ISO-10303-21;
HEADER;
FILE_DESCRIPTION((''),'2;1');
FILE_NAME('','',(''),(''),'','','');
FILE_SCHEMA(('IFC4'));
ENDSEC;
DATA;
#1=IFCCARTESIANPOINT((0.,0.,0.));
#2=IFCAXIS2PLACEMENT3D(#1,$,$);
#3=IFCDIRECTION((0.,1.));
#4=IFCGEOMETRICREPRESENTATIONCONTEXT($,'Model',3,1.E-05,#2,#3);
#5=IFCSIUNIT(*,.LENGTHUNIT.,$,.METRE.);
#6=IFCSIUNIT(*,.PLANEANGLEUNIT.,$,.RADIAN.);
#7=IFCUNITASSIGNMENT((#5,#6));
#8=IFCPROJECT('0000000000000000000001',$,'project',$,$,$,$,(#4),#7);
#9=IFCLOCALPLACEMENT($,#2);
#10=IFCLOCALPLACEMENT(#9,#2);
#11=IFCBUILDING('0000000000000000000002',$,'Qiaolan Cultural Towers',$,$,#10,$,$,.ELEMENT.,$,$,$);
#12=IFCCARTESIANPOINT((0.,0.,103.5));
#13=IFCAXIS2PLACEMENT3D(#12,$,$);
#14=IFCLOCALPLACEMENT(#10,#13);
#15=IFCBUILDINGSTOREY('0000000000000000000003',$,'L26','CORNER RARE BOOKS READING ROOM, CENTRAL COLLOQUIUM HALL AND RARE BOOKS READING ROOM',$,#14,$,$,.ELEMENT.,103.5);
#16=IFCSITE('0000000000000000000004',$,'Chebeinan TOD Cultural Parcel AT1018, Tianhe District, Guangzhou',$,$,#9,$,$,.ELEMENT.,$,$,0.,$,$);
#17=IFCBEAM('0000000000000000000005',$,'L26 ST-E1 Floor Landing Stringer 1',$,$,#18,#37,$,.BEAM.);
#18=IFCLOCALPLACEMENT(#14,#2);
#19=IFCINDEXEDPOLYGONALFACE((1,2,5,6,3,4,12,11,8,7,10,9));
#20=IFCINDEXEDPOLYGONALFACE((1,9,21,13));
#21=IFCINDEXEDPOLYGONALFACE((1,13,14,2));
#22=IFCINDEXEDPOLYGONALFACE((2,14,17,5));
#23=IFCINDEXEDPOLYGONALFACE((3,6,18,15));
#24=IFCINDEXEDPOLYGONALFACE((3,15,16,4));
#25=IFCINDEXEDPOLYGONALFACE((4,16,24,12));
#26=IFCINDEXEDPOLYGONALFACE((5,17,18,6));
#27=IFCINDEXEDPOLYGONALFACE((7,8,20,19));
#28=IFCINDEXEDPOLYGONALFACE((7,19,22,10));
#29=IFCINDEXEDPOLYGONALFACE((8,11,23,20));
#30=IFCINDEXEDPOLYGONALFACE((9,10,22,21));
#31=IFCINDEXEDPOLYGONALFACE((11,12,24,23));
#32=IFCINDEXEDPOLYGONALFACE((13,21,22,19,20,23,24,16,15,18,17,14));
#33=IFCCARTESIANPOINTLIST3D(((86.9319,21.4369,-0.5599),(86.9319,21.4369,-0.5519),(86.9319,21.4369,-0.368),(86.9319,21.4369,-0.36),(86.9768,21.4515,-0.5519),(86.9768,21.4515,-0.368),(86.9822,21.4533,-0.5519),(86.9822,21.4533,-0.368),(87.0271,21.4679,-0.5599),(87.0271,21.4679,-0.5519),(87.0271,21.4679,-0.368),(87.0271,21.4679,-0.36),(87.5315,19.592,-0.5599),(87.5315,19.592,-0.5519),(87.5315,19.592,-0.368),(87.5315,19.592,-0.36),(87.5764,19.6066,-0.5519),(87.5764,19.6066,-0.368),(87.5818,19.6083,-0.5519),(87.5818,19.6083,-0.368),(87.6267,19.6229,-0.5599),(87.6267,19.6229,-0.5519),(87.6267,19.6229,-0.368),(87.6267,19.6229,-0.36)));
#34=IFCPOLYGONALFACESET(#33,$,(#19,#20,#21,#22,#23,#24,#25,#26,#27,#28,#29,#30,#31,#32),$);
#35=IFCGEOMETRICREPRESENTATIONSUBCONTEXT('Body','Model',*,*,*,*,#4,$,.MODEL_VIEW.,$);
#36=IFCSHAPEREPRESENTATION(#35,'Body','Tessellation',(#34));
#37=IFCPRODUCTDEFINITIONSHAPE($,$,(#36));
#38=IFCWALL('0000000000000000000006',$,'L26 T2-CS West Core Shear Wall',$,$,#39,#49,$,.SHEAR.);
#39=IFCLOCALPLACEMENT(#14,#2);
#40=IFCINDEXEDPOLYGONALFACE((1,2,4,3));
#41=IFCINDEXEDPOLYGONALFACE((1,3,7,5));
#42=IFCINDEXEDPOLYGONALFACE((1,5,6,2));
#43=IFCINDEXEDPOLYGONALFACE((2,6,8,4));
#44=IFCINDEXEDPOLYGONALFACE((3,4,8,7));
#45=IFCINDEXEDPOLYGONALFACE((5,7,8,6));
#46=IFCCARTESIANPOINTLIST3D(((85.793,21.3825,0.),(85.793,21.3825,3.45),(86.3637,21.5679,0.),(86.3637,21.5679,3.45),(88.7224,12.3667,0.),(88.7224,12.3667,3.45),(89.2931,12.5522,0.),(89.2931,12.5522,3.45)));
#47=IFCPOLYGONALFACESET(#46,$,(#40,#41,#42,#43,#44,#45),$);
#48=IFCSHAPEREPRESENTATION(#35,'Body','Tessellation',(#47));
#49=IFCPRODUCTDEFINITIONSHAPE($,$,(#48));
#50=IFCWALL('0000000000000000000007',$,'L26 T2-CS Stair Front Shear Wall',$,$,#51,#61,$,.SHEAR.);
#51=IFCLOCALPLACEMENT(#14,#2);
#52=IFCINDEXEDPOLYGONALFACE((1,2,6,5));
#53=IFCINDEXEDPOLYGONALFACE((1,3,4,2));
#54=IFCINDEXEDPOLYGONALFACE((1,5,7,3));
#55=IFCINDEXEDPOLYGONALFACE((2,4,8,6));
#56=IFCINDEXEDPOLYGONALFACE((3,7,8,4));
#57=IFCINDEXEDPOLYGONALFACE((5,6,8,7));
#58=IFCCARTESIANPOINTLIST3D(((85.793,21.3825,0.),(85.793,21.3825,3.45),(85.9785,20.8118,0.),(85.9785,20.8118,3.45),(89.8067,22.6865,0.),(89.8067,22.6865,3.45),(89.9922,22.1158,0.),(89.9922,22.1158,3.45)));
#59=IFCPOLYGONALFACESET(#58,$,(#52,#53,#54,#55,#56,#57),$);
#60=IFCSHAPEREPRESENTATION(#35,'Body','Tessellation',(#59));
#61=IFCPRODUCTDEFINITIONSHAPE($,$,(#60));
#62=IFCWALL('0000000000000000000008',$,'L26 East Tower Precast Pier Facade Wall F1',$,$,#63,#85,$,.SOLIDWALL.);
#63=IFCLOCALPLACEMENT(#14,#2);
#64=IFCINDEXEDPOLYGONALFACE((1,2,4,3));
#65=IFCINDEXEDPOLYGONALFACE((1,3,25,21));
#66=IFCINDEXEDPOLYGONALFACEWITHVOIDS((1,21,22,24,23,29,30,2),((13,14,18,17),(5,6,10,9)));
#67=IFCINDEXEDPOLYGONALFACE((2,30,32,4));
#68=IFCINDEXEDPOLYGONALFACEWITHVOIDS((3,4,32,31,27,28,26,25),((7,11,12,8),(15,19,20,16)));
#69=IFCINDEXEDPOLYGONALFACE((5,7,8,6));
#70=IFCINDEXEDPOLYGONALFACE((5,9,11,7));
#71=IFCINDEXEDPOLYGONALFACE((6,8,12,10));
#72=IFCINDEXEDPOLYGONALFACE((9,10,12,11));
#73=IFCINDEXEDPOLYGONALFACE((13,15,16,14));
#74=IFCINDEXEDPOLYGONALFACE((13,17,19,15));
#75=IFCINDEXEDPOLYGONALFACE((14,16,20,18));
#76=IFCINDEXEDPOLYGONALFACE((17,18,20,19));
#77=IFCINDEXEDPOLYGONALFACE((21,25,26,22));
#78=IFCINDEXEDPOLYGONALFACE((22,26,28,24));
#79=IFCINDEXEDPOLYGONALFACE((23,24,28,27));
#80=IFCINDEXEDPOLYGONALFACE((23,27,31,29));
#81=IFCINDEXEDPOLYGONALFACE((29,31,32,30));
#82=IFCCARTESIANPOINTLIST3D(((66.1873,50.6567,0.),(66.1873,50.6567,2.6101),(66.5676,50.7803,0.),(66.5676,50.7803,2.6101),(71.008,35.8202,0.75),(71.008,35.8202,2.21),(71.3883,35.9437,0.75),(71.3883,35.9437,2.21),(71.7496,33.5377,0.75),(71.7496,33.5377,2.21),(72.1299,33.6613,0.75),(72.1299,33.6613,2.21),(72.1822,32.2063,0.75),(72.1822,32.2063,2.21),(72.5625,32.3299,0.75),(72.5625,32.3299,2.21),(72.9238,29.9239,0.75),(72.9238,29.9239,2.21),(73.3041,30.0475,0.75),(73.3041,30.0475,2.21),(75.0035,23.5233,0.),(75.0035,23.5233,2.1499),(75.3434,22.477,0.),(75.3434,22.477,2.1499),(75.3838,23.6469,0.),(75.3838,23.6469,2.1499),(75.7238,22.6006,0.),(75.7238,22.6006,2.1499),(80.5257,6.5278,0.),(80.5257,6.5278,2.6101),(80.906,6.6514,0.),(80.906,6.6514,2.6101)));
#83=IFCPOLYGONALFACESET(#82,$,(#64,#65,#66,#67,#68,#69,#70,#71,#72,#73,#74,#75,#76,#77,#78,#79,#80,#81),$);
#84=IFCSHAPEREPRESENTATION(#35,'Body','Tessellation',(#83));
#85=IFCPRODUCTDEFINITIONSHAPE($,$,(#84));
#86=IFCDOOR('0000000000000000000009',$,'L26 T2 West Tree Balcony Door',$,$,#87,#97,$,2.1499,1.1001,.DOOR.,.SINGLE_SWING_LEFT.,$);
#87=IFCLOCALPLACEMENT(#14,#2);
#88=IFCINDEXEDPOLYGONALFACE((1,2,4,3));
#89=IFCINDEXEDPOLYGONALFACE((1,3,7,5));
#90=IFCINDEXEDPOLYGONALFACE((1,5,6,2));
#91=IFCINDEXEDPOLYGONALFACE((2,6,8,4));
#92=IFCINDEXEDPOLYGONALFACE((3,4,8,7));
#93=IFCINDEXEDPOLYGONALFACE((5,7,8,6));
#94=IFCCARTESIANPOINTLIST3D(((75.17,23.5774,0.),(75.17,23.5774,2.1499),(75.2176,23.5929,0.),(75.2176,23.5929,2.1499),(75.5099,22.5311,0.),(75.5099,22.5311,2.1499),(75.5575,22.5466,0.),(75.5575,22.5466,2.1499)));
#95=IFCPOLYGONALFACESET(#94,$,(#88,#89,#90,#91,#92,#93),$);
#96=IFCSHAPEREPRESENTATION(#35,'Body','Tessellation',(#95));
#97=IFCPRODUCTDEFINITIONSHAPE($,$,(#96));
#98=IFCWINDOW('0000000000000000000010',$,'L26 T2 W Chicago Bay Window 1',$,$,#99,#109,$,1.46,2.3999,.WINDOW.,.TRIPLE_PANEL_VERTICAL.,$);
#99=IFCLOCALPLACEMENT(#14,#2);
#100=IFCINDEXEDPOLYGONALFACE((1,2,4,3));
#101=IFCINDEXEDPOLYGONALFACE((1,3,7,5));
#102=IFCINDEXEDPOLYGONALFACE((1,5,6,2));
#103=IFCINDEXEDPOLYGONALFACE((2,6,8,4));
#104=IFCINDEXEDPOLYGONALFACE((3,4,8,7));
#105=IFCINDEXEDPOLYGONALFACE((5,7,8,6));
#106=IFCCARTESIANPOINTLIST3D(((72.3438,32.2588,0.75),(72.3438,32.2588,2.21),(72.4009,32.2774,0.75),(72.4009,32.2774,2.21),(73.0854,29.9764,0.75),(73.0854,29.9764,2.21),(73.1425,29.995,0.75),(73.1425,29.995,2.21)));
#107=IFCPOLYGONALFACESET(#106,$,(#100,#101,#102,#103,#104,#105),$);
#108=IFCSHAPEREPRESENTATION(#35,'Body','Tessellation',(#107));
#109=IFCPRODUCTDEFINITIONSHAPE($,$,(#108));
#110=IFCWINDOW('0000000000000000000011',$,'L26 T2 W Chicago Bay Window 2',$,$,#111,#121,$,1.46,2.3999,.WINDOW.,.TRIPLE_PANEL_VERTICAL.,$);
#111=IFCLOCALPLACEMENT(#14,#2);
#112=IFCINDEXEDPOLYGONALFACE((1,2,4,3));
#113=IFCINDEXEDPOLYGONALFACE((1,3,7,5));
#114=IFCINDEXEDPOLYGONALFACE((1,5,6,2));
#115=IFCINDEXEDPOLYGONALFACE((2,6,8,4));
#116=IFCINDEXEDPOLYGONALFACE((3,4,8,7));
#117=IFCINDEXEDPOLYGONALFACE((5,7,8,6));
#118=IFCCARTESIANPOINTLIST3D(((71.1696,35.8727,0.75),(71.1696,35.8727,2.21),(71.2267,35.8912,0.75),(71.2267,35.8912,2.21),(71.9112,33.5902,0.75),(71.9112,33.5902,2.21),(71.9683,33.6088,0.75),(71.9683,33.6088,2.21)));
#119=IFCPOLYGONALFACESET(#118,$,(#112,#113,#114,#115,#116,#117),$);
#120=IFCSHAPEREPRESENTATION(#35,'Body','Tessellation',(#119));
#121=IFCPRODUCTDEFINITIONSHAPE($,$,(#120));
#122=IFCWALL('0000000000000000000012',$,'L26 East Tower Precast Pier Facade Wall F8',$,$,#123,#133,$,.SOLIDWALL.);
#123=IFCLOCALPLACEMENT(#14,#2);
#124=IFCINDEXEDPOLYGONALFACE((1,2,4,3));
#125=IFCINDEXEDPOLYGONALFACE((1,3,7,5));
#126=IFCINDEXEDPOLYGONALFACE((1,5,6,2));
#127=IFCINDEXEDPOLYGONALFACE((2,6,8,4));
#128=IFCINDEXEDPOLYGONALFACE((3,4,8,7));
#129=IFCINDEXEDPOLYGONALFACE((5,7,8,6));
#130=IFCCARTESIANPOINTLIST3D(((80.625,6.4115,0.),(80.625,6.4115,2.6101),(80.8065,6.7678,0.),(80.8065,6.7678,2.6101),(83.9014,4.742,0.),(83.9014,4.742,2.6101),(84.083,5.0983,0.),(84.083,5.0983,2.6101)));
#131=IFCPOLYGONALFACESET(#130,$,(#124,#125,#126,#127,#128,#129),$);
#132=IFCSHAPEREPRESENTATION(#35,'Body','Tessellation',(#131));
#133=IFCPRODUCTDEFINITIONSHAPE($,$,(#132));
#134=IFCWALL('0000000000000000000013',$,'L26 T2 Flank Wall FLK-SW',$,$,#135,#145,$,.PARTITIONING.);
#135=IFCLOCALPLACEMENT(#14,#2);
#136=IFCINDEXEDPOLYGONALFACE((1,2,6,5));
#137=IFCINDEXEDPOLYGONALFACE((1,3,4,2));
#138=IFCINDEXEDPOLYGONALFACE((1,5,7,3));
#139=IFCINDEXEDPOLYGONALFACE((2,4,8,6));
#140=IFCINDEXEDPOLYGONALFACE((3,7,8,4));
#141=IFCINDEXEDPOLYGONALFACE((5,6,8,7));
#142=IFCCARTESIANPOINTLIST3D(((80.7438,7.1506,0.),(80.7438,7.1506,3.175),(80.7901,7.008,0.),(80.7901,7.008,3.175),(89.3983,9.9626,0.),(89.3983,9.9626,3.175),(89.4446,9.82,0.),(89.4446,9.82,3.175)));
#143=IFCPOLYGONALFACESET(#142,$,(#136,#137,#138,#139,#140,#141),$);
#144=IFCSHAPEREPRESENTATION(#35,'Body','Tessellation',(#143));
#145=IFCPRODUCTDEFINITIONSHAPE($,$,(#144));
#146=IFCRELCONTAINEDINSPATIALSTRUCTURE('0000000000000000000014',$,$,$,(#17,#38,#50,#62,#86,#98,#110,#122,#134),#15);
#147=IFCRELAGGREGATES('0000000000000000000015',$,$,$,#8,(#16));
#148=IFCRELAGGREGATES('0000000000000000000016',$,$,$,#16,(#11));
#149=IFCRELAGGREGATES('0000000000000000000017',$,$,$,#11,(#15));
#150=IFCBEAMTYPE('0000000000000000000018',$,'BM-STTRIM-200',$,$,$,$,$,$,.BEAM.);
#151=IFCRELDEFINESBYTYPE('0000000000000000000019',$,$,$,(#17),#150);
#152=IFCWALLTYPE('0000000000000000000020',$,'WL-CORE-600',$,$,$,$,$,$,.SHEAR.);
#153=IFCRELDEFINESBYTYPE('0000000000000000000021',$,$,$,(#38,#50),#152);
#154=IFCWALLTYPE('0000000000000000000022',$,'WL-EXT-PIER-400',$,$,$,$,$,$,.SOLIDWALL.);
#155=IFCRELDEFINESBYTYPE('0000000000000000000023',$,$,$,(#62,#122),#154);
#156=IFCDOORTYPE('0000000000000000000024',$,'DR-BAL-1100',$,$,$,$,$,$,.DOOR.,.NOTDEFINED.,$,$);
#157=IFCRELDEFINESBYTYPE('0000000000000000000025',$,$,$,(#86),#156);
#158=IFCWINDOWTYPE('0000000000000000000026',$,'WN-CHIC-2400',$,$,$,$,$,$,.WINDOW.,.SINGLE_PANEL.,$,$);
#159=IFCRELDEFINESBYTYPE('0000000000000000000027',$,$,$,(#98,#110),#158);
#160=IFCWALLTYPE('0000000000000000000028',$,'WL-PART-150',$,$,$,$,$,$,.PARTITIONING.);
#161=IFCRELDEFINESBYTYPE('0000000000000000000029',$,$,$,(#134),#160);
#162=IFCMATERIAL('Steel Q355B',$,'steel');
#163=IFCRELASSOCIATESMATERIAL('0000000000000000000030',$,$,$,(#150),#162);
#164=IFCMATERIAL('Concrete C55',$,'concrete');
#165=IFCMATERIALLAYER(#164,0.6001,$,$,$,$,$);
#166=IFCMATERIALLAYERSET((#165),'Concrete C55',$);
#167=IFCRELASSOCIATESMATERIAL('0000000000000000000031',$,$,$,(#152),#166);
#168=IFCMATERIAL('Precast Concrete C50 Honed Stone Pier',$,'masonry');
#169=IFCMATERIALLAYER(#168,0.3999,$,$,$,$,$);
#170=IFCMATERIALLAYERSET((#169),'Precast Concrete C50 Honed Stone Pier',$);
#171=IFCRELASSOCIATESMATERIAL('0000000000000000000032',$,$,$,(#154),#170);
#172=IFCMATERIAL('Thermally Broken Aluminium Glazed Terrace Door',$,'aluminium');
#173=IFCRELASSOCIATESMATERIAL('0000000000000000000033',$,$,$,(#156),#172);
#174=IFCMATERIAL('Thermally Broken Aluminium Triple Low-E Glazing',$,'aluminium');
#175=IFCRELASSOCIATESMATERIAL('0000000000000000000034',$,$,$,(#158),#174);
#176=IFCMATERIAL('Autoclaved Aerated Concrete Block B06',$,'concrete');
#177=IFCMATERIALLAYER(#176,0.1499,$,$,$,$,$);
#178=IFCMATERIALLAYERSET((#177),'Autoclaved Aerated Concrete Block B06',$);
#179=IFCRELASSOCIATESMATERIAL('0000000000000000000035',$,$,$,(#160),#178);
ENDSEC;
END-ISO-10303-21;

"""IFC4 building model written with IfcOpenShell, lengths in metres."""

from ifc_helpers import new_model, si_unit, direction, frame, frame_2d, origin, origin_2d, place, context, subcontext, project, spatial, rectangle, i_section, extrude, material, layer, layer_set, material_profile, profile_set, type_object, element, fill, save


model = new_model("IFC4")

# Units and contexts
model_context = context("Model", 3, precision=1e-05, world=origin(), true_north=direction((0.0, 1.0)))
body_context = subcontext(model_context, "Body", "Model", "MODEL_VIEW")
ifc_project = project(units=[si_unit("LENGTHUNIT", "METRE"), si_unit("PLANEANGLEUNIT", "RADIAN")], contexts=[model_context])

# Site, building, storey
site_placement = place(None, origin())
site = spatial("IfcSite", under=ifc_project, at=site_placement, Name="Chebeinan TOD Cultural Parcel AT1018, Tianhe District, Guangzhou", CompositionType="ELEMENT", RefElevation=0.0)
building_placement = place(site_placement, origin())
building = spatial("IfcBuilding", under=site, at=building_placement, Name="Qiaolan Cultural Towers", CompositionType="ELEMENT")
storey_placement = place(building_placement, frame((0.0, 0.0, 103.5)))
storey = spatial("IfcBuildingStorey", under=building, at=storey_placement, Name="L26", Description="CORNER RARE BOOKS READING ROOM, CENTRAL COLLOQUIUM HALL AND RARE BOOKS READING ROOM", CompositionType="ELEMENT", Elevation=103.5)

# Beam
ifc_material_1 = material(Name="Steel Q355B", Category="steel")
ifc_material_profile_1 = material_profile(ifc_material_1, i_section(OverallWidth=0.1001, OverallDepth=0.2, WebThickness=0.0056, FlangeThickness=0.0081, at=origin_2d()), Name="HN200x100x5.5x8")
ifc_profile_set_1 = profile_set([ifc_material_profile_1], Name="Steel Q355B")
beam_type_1 = type_object("IfcBeamType", Name="BM-STTRIM-200", PredefinedType="BEAM", material=ifc_profile_set_1)
beam_1_placement = place(storey_placement, frame((86.9795, 21.4524, -0.46), z_axis=(0.309083, -0.951035, 0.0), x_axis=(0.951035, 0.309083, 0.0)))
element("IfcBeam", 1, at=beam_1_placement, inside=storey, type_object=beam_type_1, Name="L26 ST-E1 Floor Landing Stringer 1", PredefinedType="BEAM", context=body_context, shape_type="SweptSolid", body=[
    extrude(i_section(OverallWidth=0.1001, OverallDepth=0.2, WebThickness=0.0056, FlangeThickness=0.0081, at=origin_2d()), origin(), (0.0, 0.0, 1.0), 1.9399),
])

# Walls
ifc_material_2 = material(Name="Concrete C55", Category="concrete")
ifc_layer_1 = layer(ifc_material_2, 0.6001)
ifc_layer_set_1 = layer_set([ifc_layer_1], Name="Concrete C55")
wall_type_1 = type_object("IfcWallType", Name="WL-CORE-600", PredefinedType="SHEAR", material=ifc_layer_set_1)
wall_1_placement = place(storey_placement, frame((86.0784, 21.4751, 0.0), z_axis=(0.0, 0.0, 1.0), x_axis=(0.309018, -0.951056, 0.0)))
element("IfcWall", 2, at=wall_1_placement, inside=storey, type_object=wall_type_1, Name="L26 T2-CS West Core Shear Wall", PredefinedType="SHEAR", context=body_context, shape_type="SweptSolid", body=[
    extrude(rectangle(XDim=9.4797, YDim=0.6001, at=frame_2d((4.7397, 0.0))), origin(), (0.0, 0.0, 1.0), 3.45),
])
wall_2_placement = place(storey_placement, frame((85.8857, 21.0972, 0.0), z_axis=(0.0, 0.0, 1.0), x_axis=(0.951068, 0.308981, 0.0)))
element("IfcWall", 3, at=wall_2_placement, inside=storey, type_object=wall_type_1, Name="L26 T2-CS Stair Front Shear Wall", PredefinedType="SHEAR", context=body_context, shape_type="SweptSolid", body=[
    extrude(rectangle(XDim=4.2202, YDim=0.6001, at=frame_2d((2.1101, 0.0))), origin(), (0.0, 0.0, 1.0), 3.45),
])

# Wall, openings, door, windows
ifc_material_3 = material(Name="Precast Concrete C50 Honed Stone Pier", Category="masonry")
ifc_layer_2 = layer(ifc_material_3, 0.3999)
ifc_layer_set_2 = layer_set([ifc_layer_2], Name="Precast Concrete C50 Honed Stone Pier")
wall_type_2 = type_object("IfcWallType", Name="WL-EXT-PIER-400", PredefinedType="SOLIDWALL", material=ifc_layer_set_2)
wall_3_placement = place(storey_placement, frame((80.7158, 6.5896, 0.0), z_axis=(0.0, 0.0, 1.0), x_axis=(-0.309018, 0.951056, 0.0)))
wall_3 = element("IfcWall", 4, at=wall_3_placement, inside=storey, type_object=wall_type_2, Name="L26 East Tower Precast Pier Facade Wall F1", PredefinedType="SOLIDWALL", context=body_context, shape_type="SweptSolid", body=[
    extrude(rectangle(XDim=46.3999, YDim=0.3999, at=frame_2d((23.2, 0.0))), origin(), (0.0, 0.0, 1.0), 2.6101),
])
opening_1_placement = place(wall_3_placement, frame((24.6001, 0.0, 0.75)))
opening_1 = element("IfcOpeningElement", 5, at=opening_1_placement, cuts=wall_3, PredefinedType="OPENING", context=body_context, shape_type="SweptSolid", body=[
    extrude(rectangle(XDim=2.3999, YDim=1.46, at=frame_2d((1.2, 0.73))), frame((0.0, 0.21, 0.0), z_axis=(0.0, -1.0, 0.0), x_axis=(1.0, 0.0, 0.0)), (0.0, 0.0, 1.0), 0.4199),
])
opening_2_placement = place(wall_3_placement, frame((28.3999, 0.0, 0.75)))
opening_2 = element("IfcOpeningElement", 6, at=opening_2_placement, cuts=wall_3, PredefinedType="OPENING", context=body_context, shape_type="SweptSolid", body=[
    extrude(rectangle(XDim=2.3999, YDim=1.46, at=frame_2d((1.2, 0.73))), frame((0.0, 0.21, 0.0), z_axis=(0.0, -1.0, 0.0), x_axis=(1.0, 0.0, 0.0)), (0.0, 0.0, 1.0), 0.4199),
])
opening_3_placement = place(wall_3_placement, frame((16.77, 0.0, 0.0)))
opening_3 = element("IfcOpeningElement", 7, at=opening_3_placement, cuts=wall_3, PredefinedType="OPENING", context=body_context, shape_type="SweptSolid", body=[
    extrude(rectangle(XDim=1.1001, YDim=2.1499, at=frame_2d((0.55, 1.075))), frame((0.0, 0.21, 0.0), z_axis=(0.0, -1.0, 0.0), x_axis=(1.0, 0.0, 0.0)), (0.0, 0.0, 1.0), 0.4199),
])
ifc_material_4 = material(Name="Thermally Broken Aluminium Glazed Terrace Door", Category="aluminium")
door_type_1 = type_object("IfcDoorType", Name="DR-BAL-1100", OperationType="NOTDEFINED", PredefinedType="DOOR", material=ifc_material_4)
door_1_placement = place(opening_3_placement, origin())
door_1 = element("IfcDoor", 8, at=door_1_placement, inside=storey, type_object=door_type_1, Name="L26 T2 West Tree Balcony Door", OperationType="SINGLE_SWING_LEFT", OverallHeight=2.1499, OverallWidth=1.1001, PredefinedType="DOOR", context=body_context, shape_type="SweptSolid", body=[
    extrude(rectangle(XDim=1.1001, YDim=2.1499, at=frame_2d((0.55, 1.075))), frame((0.0, 0.0249, 0.0), z_axis=(0.0, -1.0, 0.0), x_axis=(1.0, 0.0, 0.0)), (0.0, 0.0, 1.0), 0.05),
])
fill(opening_3, door_1)
ifc_material_5 = material(Name="Thermally Broken Aluminium Triple Low-E Glazing", Category="aluminium")
window_type = type_object("IfcWindowType", Name="WN-CHIC-2400", PartitioningType="SINGLE_PANEL", PredefinedType="WINDOW", material=ifc_material_5)
window_1_placement = place(opening_1_placement, origin())
window_1 = element("IfcWindow", 9, at=window_1_placement, inside=storey, type_object=window_type, Name="L26 T2 W Chicago Bay Window 1", OverallHeight=1.46, OverallWidth=2.3999, PartitioningType="TRIPLE_PANEL_VERTICAL", PredefinedType="WINDOW", context=body_context, shape_type="SweptSolid", body=[
    extrude(rectangle(XDim=2.3999, YDim=1.46, at=frame_2d((1.2, 0.73))), frame((0.0, 0.03, 0.0), z_axis=(0.0, -1.0, 0.0), x_axis=(1.0, 0.0, 0.0)), (0.0, 0.0, 1.0), 0.0601),
])
fill(opening_1, window_1)
window_2_placement = place(opening_2_placement, origin())
window_2 = element("IfcWindow", 10, at=window_2_placement, inside=storey, type_object=window_type, Name="L26 T2 W Chicago Bay Window 2", OverallHeight=1.46, OverallWidth=2.3999, PartitioningType="TRIPLE_PANEL_VERTICAL", PredefinedType="WINDOW", context=body_context, shape_type="SweptSolid", body=[
    extrude(rectangle(XDim=2.3999, YDim=1.46, at=frame_2d((1.2, 0.73))), frame((0.0, 0.03, 0.0), z_axis=(0.0, -1.0, 0.0), x_axis=(1.0, 0.0, 0.0)), (0.0, 0.0, 1.0), 0.0601),
])
fill(opening_2, window_2)

# Walls
wall_4_placement = place(storey_placement, frame((83.9922, 4.9202, 0.0), z_axis=(0.0, 0.0, 1.0), x_axis=(-0.891002, 0.453999, 0.0)))
element("IfcWall", 11, at=wall_4_placement, inside=storey, type_object=wall_type_2, Name="L26 East Tower Precast Pier Facade Wall F8", PredefinedType="SOLIDWALL", context=body_context, shape_type="SweptSolid", body=[
    extrude(rectangle(XDim=3.6772, YDim=0.3999, at=frame_2d((1.8386, 0.0))), origin(), (0.0, 0.0, 1.0), 2.6101),
])
ifc_material_6 = material(Name="Autoclaved Aerated Concrete Block B06", Category="concrete")
ifc_layer_3 = layer(ifc_material_6, 0.1499)
ifc_layer_set_3 = layer_set([ifc_layer_3], Name="Autoclaved Aerated Concrete Block B06")
wall_type_3 = type_object("IfcWallType", Name="WL-PART-150", PredefinedType="PARTITIONING", material=ifc_layer_set_3)
wall_5_placement = place(storey_placement, frame((80.7671, 7.0793, 0.0), z_axis=(0.0, 0.0, 1.0), x_axis=(0.951057, 0.309015, 0.0)))
element("IfcWall", 12, at=wall_5_placement, inside=storey, type_object=wall_type_3, Name="L26 T2 Flank Wall FLK-SW", PredefinedType="PARTITIONING", context=body_context, shape_type="SweptSolid", body=[
    extrude(rectangle(XDim=9.0999, YDim=0.1499, at=frame_2d((4.5498, 0.0))), origin(), (0.0, 0.0, 1.0), 3.175),
])

save(model, "model.ifc")
